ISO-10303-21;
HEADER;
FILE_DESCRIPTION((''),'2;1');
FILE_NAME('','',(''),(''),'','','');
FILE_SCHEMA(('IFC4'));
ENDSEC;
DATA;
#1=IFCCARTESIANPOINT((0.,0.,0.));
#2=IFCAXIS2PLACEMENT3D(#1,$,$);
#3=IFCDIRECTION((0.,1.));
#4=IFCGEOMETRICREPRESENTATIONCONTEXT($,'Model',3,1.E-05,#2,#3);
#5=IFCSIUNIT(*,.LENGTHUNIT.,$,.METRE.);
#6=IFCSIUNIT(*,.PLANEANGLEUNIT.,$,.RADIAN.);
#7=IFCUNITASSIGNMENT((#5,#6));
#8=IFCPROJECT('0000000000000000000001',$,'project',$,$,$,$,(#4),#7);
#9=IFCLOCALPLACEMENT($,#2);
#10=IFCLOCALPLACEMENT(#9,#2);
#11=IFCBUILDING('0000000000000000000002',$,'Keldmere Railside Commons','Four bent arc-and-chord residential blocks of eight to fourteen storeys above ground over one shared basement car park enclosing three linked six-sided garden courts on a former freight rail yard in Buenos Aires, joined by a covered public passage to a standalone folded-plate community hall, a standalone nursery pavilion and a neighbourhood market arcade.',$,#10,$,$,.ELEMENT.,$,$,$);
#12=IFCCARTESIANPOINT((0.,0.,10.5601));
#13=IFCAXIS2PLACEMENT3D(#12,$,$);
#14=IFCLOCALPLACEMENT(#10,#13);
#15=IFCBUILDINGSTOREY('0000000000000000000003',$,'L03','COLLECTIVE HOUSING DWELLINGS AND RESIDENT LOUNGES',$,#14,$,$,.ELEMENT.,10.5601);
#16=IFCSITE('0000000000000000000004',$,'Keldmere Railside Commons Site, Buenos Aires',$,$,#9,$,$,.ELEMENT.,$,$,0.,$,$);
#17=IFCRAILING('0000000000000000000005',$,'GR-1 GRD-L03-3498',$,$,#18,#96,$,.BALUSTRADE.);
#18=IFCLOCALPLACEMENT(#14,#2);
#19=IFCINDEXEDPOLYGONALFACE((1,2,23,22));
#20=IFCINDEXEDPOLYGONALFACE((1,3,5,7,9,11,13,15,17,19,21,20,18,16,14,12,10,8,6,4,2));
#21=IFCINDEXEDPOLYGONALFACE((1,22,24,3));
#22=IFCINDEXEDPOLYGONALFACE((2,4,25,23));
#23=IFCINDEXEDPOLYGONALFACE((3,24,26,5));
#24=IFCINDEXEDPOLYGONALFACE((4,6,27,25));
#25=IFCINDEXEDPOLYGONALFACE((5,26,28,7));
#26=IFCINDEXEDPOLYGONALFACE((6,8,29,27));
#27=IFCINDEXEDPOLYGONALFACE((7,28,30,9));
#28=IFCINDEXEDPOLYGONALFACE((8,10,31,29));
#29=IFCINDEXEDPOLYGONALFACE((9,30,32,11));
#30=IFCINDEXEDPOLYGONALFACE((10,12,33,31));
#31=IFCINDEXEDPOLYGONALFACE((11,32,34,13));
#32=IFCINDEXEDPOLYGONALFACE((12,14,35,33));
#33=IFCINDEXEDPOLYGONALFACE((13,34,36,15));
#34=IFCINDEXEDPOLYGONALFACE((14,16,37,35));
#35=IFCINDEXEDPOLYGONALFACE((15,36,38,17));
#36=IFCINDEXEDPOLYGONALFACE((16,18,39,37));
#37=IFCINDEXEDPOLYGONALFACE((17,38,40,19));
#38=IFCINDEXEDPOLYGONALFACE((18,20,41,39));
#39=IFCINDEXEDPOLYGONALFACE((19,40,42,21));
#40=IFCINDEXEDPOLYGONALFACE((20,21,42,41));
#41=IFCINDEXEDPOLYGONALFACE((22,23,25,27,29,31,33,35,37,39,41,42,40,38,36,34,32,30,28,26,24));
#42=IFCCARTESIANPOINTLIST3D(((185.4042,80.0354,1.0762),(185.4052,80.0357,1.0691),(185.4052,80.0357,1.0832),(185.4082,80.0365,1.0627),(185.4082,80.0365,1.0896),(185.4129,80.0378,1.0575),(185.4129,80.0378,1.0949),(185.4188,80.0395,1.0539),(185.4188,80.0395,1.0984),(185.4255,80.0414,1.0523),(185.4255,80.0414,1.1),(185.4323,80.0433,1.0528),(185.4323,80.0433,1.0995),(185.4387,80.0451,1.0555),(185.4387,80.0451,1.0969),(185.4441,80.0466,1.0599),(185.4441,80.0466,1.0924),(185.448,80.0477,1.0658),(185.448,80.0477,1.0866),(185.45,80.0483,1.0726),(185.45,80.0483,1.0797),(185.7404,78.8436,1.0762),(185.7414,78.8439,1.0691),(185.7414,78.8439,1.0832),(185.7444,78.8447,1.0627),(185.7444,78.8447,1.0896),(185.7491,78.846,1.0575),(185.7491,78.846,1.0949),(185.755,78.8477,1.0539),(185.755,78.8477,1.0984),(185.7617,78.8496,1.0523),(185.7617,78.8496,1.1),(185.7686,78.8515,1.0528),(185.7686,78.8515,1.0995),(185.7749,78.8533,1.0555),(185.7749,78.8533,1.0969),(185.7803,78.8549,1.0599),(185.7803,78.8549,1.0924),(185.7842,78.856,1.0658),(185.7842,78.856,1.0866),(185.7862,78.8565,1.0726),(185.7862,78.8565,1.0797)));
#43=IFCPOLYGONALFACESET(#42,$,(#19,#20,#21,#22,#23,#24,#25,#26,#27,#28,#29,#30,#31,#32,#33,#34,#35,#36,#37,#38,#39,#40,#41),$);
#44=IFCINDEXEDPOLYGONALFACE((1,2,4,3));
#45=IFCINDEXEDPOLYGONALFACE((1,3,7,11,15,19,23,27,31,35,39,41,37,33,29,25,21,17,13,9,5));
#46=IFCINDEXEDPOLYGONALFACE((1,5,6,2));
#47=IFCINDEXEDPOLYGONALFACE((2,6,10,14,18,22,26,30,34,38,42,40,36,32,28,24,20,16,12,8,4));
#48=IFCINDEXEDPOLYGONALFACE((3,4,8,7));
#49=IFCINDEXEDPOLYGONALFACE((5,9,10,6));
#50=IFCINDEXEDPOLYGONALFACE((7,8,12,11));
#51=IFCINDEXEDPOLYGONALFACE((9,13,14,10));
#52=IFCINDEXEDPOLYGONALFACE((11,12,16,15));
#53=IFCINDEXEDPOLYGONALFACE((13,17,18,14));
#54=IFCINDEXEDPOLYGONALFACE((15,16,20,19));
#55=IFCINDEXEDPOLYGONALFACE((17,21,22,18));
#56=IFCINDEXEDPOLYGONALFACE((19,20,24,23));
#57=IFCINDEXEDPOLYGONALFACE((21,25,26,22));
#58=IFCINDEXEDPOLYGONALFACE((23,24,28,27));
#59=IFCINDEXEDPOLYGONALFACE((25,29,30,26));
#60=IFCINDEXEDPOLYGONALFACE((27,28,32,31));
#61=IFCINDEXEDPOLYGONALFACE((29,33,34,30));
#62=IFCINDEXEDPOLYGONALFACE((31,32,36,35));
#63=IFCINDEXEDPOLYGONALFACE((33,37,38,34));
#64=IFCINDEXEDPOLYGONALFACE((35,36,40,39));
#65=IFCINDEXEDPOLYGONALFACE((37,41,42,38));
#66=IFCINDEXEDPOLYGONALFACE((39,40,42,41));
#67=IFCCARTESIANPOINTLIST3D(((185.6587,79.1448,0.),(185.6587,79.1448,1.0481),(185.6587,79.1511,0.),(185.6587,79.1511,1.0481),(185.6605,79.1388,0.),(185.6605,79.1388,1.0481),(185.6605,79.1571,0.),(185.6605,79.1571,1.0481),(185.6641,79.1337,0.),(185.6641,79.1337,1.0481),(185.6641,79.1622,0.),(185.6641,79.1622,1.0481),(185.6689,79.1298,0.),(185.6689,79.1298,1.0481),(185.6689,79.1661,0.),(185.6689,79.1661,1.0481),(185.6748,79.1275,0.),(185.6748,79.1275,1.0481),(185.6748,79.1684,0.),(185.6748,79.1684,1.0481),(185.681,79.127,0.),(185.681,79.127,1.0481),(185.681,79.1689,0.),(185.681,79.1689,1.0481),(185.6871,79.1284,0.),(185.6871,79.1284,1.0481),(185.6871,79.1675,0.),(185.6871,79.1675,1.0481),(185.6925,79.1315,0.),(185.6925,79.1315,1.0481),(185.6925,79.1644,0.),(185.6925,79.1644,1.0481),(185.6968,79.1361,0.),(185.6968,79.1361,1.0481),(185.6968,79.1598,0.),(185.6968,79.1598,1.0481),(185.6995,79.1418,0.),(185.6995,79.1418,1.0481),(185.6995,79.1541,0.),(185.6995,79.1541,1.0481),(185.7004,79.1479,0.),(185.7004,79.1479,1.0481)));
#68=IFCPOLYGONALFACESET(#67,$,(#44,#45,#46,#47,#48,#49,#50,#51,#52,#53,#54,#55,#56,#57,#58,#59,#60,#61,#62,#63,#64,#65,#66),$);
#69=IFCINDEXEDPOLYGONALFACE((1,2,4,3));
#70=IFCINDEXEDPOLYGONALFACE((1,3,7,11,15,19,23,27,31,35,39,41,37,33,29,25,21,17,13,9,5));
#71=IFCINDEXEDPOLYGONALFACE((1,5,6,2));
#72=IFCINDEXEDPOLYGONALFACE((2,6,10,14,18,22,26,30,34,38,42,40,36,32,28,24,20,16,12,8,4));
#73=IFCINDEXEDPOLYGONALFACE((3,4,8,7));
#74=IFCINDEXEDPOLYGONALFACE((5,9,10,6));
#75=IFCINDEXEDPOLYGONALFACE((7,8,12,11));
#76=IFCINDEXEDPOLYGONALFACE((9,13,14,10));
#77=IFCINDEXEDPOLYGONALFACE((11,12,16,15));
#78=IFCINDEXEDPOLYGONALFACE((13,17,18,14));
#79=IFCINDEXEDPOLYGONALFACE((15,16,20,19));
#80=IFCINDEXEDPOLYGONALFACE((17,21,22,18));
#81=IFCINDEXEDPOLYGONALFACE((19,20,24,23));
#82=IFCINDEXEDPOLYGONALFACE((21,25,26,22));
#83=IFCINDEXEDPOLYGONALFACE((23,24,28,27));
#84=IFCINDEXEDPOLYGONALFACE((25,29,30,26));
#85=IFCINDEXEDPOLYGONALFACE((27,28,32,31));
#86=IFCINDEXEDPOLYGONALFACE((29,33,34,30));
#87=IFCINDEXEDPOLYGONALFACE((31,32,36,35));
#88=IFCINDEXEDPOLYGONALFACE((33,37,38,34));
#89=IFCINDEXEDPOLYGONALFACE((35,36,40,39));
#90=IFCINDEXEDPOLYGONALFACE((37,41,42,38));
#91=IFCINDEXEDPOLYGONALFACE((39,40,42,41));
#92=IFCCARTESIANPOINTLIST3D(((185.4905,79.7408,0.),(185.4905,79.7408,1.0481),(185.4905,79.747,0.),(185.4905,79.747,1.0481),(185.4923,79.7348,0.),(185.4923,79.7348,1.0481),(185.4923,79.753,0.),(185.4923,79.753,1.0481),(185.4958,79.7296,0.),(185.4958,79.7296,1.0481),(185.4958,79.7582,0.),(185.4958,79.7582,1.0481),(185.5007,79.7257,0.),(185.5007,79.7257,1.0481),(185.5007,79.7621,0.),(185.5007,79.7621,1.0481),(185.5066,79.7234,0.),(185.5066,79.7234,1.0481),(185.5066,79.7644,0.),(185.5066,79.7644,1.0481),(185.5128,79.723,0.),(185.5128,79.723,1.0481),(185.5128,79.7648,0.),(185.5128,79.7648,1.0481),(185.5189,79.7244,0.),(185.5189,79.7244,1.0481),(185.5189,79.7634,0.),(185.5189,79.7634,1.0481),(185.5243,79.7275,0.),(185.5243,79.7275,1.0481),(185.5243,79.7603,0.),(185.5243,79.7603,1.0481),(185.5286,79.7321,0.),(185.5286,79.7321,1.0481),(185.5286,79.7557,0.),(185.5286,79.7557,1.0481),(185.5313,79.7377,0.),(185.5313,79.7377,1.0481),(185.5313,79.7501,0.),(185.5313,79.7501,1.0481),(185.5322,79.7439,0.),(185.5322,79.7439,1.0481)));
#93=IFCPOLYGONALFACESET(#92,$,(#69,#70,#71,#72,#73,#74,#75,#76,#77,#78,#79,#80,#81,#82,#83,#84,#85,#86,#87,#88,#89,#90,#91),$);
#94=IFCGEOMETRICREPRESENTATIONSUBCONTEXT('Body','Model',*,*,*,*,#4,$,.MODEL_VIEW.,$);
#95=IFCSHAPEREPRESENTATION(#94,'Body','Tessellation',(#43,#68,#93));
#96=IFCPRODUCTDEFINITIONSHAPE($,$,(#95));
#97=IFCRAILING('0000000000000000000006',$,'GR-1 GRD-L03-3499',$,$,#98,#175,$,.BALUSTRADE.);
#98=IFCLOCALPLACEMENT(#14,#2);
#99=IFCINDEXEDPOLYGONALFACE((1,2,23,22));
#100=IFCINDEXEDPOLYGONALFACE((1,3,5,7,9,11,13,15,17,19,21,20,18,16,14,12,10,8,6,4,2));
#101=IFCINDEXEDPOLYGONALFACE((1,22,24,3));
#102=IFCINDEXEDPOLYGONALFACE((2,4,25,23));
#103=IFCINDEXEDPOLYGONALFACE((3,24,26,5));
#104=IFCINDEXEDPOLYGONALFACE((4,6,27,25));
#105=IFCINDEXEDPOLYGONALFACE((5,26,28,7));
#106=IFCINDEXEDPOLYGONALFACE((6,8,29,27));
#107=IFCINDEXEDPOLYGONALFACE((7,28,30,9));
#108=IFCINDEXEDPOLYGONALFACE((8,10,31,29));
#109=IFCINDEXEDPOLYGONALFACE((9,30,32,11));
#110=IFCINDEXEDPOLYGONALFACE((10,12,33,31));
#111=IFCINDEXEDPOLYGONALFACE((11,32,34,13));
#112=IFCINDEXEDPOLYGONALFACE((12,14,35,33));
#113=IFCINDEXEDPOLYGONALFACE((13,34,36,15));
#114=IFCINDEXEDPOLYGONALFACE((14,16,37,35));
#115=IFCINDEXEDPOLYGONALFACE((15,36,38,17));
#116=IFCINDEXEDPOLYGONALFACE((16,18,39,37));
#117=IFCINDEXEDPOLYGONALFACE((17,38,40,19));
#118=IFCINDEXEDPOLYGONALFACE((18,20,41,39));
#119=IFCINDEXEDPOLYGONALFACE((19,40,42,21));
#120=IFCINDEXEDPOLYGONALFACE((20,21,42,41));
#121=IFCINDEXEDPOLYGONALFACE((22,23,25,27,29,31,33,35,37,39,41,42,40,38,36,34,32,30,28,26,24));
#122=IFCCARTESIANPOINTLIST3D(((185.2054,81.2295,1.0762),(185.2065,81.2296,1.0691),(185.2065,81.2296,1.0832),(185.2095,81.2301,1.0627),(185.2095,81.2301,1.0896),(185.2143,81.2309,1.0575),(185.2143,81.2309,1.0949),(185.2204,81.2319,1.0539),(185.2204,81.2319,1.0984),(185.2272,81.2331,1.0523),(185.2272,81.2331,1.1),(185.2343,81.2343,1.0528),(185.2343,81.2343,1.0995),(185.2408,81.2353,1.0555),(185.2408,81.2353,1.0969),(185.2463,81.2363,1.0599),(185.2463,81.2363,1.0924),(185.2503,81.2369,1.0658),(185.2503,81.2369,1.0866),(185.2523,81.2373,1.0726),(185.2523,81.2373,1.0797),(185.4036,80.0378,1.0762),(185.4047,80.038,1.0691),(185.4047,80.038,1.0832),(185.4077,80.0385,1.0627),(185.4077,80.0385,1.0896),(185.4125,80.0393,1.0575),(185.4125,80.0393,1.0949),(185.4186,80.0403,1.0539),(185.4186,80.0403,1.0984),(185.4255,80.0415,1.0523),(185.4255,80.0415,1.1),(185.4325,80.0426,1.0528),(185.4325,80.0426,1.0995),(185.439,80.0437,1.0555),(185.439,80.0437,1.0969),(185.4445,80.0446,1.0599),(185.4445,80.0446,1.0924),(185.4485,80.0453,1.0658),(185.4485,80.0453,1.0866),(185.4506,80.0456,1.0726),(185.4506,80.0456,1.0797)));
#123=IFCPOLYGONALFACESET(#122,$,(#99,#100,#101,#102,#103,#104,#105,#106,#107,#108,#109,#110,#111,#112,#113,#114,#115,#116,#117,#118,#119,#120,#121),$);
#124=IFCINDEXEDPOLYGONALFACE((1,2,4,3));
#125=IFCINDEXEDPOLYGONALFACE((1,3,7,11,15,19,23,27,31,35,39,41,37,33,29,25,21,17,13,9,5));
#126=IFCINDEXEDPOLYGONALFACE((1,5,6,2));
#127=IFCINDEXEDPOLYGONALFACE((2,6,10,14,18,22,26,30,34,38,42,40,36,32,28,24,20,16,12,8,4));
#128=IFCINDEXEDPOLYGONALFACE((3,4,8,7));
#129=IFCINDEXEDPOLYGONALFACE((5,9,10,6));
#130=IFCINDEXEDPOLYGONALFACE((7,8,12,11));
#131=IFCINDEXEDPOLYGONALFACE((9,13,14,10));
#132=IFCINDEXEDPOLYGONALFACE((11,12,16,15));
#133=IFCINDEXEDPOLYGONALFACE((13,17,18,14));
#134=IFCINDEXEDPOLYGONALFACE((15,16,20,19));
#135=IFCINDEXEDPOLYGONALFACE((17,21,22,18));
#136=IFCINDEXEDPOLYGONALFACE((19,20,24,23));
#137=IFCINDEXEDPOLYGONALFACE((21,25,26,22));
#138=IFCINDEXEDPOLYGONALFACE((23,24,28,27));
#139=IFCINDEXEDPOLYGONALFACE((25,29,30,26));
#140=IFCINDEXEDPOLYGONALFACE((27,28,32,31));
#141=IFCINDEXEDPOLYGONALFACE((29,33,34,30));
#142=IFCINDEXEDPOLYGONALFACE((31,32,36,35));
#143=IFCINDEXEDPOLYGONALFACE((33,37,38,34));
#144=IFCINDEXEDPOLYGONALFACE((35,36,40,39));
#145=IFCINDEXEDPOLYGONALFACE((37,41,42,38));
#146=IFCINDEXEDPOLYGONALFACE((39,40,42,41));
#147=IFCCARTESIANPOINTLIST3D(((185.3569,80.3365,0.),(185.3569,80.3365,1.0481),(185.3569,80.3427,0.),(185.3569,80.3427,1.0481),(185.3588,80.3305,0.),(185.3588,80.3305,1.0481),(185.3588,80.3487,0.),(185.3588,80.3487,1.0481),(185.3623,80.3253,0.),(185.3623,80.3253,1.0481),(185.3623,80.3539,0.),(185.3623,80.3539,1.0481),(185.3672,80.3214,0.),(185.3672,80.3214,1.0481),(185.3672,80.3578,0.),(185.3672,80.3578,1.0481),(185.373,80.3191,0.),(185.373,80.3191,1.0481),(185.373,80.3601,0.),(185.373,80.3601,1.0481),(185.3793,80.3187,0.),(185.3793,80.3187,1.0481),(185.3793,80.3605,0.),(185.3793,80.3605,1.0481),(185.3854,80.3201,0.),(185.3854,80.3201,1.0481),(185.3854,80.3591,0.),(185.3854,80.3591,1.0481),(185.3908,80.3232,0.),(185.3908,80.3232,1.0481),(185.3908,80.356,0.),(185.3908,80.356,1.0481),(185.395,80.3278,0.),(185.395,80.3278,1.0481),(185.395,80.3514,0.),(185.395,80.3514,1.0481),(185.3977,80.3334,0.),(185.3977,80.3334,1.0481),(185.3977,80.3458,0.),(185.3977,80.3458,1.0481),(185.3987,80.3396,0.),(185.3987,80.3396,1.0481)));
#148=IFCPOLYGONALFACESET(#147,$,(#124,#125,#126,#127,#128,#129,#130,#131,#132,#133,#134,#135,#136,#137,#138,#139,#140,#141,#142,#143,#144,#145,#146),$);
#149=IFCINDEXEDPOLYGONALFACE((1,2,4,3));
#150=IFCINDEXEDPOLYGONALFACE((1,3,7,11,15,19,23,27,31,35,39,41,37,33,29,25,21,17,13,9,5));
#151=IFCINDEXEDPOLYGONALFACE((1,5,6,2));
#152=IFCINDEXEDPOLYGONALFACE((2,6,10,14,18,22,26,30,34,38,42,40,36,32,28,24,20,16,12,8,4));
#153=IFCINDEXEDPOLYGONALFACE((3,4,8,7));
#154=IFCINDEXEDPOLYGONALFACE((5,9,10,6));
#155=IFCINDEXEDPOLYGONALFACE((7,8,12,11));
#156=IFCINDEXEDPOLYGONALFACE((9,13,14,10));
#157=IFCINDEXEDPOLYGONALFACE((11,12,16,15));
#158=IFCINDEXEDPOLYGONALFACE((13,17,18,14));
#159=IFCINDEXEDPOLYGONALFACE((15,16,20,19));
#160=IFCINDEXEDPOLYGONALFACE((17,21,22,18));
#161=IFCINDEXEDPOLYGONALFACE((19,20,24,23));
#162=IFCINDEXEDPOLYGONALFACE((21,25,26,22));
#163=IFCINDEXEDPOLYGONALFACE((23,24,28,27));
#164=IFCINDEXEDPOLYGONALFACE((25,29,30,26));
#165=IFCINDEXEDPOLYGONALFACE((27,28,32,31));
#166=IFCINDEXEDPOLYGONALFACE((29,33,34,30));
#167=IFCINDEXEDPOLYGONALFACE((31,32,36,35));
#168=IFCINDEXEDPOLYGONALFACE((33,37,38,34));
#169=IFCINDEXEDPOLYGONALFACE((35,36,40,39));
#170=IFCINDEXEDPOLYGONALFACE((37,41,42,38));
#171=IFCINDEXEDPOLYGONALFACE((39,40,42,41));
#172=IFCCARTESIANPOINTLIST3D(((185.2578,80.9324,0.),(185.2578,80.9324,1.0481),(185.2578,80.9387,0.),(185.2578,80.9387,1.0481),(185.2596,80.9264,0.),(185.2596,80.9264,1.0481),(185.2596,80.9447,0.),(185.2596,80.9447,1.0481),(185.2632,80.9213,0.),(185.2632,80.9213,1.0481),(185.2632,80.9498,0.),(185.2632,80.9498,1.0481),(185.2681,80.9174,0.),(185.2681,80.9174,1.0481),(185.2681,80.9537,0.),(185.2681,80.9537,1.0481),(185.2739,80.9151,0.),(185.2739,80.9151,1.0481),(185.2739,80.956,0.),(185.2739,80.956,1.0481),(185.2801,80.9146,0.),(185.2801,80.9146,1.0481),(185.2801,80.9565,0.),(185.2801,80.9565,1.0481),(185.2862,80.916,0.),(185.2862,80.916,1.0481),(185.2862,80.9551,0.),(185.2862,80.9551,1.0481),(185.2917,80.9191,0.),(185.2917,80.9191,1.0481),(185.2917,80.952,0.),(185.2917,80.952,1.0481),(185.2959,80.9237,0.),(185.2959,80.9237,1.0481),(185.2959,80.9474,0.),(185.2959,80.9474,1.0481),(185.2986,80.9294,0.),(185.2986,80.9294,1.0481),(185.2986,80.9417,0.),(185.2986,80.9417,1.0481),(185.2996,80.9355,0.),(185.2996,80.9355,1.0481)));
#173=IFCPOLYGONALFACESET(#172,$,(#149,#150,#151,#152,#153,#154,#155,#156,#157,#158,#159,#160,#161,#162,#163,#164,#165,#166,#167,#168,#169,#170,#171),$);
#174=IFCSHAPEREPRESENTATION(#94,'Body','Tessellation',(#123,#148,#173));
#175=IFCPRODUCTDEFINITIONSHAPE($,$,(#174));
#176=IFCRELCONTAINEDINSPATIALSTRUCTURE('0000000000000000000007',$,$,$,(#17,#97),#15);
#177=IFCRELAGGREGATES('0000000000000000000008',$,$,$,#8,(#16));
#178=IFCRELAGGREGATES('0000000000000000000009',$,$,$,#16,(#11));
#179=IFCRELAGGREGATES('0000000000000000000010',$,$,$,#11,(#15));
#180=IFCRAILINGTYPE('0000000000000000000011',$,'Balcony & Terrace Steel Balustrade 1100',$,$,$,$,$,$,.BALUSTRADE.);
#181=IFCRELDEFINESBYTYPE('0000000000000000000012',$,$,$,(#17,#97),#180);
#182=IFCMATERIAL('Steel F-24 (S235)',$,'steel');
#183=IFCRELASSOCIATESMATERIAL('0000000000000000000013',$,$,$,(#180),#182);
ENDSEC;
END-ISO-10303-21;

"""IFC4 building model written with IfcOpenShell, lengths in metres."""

from ifc_helpers import new_model, si_unit, direction, frame, origin, origin_2d, place, context, subcontext, project, spatial, circle, extrude, material, type_object, element, save


model = new_model("IFC4")

# Units and contexts
model_context = context("Model", 3, precision=1e-05, world=origin(), true_north=direction((0.0, 1.0)))
body_context = subcontext(model_context, "Body", "Model", "MODEL_VIEW")
ifc_project = project(units=[si_unit("LENGTHUNIT", "METRE"), si_unit("PLANEANGLEUNIT", "RADIAN")], contexts=[model_context])

# Site, building, storey
site_placement = place(None, origin())
site = spatial("IfcSite", under=ifc_project, at=site_placement, Name="Keldmere Railside Commons Site, Buenos Aires", CompositionType="ELEMENT", RefElevation=0.0)
building_placement = place(site_placement, origin())
building = spatial("IfcBuilding", under=site, at=building_placement, Name="Keldmere Railside Commons", Description="Four bent arc-and-chord residential blocks of eight to fourteen storeys above ground over one shared basement car park enclosing three linked six-sided garden courts on a former freight rail yard in Buenos Aires, joined by a covered public passage to a standalone folded-plate community hall, a standalone nursery pavilion and a neighbourhood market arcade.", CompositionType="ELEMENT")
storey_placement = place(building_placement, frame((0.0, 0.0, 10.5601)))
storey = spatial("IfcBuildingStorey", under=building, at=storey_placement, Name="L03", Description="COLLECTIVE HOUSING DWELLINGS AND RESIDENT LOUNGES", CompositionType="ELEMENT", Elevation=10.5601)

# Shared definitions
ifc_material_1 = material(Name="Steel F-24 (S235)", Category="steel")

# Railings
railing_type_1 = type_object("IfcRailingType", Name="Balcony & Terrace Steel Balustrade 1100", PredefinedType="BALUSTRADE", material=ifc_material_1)
railing_1_placement = place(storey_placement, frame((185.7634, 78.8501, 0.0)))
element("IfcRailing", 1, at=railing_1_placement, inside=storey, type_object=railing_type_1, Name="GR-1 GRD-L03-3498", PredefinedType="BALUSTRADE", context=body_context, shape_type="SweptSolid", body=[
    extrude(circle(Radius=0.0239, at=origin_2d()), frame((0.0, 0.0, 1.0762), z_axis=(-0.271516, 0.962434, 0.0), x_axis=(-0.962434, -0.271516, 0.0)), (0.0, 0.0, 1.0), 1.2383),
    extrude(circle(Radius=0.021, at=origin_2d()), frame((-0.084, 0.2979, 0.0)), (0.0, 0.0, 1.0), 1.0481),
    extrude(circle(Radius=0.021, at=origin_2d()), frame((-0.2522, 0.8938, 0.0)), (0.0, 0.0, 1.0), 1.0481),
])
railing_2_placement = place(storey_placement, frame((185.4272, 80.0417, 0.0)))
element("IfcRailing", 2, at=railing_2_placement, inside=storey, type_object=railing_type_1, Name="GR-1 GRD-L03-3499", PredefinedType="BALUSTRADE", context=body_context, shape_type="SweptSolid", body=[
    extrude(circle(Radius=0.0239, at=origin_2d()), frame((0.0, 0.0, 1.0762), z_axis=(-0.164104, 0.986443, 0.0), x_axis=(-0.986443, -0.164104, 0.0)), (0.0, 0.0, 1.0), 1.208),
    extrude(circle(Radius=0.021, at=origin_2d()), frame((-0.0496, 0.2979, 0.0)), (0.0, 0.0, 1.0), 1.0481),
    extrude(circle(Radius=0.021, at=origin_2d()), frame((-0.1487, 0.8938, 0.0)), (0.0, 0.0, 1.0), 1.0481),
])

save(model, "model.ifc")
